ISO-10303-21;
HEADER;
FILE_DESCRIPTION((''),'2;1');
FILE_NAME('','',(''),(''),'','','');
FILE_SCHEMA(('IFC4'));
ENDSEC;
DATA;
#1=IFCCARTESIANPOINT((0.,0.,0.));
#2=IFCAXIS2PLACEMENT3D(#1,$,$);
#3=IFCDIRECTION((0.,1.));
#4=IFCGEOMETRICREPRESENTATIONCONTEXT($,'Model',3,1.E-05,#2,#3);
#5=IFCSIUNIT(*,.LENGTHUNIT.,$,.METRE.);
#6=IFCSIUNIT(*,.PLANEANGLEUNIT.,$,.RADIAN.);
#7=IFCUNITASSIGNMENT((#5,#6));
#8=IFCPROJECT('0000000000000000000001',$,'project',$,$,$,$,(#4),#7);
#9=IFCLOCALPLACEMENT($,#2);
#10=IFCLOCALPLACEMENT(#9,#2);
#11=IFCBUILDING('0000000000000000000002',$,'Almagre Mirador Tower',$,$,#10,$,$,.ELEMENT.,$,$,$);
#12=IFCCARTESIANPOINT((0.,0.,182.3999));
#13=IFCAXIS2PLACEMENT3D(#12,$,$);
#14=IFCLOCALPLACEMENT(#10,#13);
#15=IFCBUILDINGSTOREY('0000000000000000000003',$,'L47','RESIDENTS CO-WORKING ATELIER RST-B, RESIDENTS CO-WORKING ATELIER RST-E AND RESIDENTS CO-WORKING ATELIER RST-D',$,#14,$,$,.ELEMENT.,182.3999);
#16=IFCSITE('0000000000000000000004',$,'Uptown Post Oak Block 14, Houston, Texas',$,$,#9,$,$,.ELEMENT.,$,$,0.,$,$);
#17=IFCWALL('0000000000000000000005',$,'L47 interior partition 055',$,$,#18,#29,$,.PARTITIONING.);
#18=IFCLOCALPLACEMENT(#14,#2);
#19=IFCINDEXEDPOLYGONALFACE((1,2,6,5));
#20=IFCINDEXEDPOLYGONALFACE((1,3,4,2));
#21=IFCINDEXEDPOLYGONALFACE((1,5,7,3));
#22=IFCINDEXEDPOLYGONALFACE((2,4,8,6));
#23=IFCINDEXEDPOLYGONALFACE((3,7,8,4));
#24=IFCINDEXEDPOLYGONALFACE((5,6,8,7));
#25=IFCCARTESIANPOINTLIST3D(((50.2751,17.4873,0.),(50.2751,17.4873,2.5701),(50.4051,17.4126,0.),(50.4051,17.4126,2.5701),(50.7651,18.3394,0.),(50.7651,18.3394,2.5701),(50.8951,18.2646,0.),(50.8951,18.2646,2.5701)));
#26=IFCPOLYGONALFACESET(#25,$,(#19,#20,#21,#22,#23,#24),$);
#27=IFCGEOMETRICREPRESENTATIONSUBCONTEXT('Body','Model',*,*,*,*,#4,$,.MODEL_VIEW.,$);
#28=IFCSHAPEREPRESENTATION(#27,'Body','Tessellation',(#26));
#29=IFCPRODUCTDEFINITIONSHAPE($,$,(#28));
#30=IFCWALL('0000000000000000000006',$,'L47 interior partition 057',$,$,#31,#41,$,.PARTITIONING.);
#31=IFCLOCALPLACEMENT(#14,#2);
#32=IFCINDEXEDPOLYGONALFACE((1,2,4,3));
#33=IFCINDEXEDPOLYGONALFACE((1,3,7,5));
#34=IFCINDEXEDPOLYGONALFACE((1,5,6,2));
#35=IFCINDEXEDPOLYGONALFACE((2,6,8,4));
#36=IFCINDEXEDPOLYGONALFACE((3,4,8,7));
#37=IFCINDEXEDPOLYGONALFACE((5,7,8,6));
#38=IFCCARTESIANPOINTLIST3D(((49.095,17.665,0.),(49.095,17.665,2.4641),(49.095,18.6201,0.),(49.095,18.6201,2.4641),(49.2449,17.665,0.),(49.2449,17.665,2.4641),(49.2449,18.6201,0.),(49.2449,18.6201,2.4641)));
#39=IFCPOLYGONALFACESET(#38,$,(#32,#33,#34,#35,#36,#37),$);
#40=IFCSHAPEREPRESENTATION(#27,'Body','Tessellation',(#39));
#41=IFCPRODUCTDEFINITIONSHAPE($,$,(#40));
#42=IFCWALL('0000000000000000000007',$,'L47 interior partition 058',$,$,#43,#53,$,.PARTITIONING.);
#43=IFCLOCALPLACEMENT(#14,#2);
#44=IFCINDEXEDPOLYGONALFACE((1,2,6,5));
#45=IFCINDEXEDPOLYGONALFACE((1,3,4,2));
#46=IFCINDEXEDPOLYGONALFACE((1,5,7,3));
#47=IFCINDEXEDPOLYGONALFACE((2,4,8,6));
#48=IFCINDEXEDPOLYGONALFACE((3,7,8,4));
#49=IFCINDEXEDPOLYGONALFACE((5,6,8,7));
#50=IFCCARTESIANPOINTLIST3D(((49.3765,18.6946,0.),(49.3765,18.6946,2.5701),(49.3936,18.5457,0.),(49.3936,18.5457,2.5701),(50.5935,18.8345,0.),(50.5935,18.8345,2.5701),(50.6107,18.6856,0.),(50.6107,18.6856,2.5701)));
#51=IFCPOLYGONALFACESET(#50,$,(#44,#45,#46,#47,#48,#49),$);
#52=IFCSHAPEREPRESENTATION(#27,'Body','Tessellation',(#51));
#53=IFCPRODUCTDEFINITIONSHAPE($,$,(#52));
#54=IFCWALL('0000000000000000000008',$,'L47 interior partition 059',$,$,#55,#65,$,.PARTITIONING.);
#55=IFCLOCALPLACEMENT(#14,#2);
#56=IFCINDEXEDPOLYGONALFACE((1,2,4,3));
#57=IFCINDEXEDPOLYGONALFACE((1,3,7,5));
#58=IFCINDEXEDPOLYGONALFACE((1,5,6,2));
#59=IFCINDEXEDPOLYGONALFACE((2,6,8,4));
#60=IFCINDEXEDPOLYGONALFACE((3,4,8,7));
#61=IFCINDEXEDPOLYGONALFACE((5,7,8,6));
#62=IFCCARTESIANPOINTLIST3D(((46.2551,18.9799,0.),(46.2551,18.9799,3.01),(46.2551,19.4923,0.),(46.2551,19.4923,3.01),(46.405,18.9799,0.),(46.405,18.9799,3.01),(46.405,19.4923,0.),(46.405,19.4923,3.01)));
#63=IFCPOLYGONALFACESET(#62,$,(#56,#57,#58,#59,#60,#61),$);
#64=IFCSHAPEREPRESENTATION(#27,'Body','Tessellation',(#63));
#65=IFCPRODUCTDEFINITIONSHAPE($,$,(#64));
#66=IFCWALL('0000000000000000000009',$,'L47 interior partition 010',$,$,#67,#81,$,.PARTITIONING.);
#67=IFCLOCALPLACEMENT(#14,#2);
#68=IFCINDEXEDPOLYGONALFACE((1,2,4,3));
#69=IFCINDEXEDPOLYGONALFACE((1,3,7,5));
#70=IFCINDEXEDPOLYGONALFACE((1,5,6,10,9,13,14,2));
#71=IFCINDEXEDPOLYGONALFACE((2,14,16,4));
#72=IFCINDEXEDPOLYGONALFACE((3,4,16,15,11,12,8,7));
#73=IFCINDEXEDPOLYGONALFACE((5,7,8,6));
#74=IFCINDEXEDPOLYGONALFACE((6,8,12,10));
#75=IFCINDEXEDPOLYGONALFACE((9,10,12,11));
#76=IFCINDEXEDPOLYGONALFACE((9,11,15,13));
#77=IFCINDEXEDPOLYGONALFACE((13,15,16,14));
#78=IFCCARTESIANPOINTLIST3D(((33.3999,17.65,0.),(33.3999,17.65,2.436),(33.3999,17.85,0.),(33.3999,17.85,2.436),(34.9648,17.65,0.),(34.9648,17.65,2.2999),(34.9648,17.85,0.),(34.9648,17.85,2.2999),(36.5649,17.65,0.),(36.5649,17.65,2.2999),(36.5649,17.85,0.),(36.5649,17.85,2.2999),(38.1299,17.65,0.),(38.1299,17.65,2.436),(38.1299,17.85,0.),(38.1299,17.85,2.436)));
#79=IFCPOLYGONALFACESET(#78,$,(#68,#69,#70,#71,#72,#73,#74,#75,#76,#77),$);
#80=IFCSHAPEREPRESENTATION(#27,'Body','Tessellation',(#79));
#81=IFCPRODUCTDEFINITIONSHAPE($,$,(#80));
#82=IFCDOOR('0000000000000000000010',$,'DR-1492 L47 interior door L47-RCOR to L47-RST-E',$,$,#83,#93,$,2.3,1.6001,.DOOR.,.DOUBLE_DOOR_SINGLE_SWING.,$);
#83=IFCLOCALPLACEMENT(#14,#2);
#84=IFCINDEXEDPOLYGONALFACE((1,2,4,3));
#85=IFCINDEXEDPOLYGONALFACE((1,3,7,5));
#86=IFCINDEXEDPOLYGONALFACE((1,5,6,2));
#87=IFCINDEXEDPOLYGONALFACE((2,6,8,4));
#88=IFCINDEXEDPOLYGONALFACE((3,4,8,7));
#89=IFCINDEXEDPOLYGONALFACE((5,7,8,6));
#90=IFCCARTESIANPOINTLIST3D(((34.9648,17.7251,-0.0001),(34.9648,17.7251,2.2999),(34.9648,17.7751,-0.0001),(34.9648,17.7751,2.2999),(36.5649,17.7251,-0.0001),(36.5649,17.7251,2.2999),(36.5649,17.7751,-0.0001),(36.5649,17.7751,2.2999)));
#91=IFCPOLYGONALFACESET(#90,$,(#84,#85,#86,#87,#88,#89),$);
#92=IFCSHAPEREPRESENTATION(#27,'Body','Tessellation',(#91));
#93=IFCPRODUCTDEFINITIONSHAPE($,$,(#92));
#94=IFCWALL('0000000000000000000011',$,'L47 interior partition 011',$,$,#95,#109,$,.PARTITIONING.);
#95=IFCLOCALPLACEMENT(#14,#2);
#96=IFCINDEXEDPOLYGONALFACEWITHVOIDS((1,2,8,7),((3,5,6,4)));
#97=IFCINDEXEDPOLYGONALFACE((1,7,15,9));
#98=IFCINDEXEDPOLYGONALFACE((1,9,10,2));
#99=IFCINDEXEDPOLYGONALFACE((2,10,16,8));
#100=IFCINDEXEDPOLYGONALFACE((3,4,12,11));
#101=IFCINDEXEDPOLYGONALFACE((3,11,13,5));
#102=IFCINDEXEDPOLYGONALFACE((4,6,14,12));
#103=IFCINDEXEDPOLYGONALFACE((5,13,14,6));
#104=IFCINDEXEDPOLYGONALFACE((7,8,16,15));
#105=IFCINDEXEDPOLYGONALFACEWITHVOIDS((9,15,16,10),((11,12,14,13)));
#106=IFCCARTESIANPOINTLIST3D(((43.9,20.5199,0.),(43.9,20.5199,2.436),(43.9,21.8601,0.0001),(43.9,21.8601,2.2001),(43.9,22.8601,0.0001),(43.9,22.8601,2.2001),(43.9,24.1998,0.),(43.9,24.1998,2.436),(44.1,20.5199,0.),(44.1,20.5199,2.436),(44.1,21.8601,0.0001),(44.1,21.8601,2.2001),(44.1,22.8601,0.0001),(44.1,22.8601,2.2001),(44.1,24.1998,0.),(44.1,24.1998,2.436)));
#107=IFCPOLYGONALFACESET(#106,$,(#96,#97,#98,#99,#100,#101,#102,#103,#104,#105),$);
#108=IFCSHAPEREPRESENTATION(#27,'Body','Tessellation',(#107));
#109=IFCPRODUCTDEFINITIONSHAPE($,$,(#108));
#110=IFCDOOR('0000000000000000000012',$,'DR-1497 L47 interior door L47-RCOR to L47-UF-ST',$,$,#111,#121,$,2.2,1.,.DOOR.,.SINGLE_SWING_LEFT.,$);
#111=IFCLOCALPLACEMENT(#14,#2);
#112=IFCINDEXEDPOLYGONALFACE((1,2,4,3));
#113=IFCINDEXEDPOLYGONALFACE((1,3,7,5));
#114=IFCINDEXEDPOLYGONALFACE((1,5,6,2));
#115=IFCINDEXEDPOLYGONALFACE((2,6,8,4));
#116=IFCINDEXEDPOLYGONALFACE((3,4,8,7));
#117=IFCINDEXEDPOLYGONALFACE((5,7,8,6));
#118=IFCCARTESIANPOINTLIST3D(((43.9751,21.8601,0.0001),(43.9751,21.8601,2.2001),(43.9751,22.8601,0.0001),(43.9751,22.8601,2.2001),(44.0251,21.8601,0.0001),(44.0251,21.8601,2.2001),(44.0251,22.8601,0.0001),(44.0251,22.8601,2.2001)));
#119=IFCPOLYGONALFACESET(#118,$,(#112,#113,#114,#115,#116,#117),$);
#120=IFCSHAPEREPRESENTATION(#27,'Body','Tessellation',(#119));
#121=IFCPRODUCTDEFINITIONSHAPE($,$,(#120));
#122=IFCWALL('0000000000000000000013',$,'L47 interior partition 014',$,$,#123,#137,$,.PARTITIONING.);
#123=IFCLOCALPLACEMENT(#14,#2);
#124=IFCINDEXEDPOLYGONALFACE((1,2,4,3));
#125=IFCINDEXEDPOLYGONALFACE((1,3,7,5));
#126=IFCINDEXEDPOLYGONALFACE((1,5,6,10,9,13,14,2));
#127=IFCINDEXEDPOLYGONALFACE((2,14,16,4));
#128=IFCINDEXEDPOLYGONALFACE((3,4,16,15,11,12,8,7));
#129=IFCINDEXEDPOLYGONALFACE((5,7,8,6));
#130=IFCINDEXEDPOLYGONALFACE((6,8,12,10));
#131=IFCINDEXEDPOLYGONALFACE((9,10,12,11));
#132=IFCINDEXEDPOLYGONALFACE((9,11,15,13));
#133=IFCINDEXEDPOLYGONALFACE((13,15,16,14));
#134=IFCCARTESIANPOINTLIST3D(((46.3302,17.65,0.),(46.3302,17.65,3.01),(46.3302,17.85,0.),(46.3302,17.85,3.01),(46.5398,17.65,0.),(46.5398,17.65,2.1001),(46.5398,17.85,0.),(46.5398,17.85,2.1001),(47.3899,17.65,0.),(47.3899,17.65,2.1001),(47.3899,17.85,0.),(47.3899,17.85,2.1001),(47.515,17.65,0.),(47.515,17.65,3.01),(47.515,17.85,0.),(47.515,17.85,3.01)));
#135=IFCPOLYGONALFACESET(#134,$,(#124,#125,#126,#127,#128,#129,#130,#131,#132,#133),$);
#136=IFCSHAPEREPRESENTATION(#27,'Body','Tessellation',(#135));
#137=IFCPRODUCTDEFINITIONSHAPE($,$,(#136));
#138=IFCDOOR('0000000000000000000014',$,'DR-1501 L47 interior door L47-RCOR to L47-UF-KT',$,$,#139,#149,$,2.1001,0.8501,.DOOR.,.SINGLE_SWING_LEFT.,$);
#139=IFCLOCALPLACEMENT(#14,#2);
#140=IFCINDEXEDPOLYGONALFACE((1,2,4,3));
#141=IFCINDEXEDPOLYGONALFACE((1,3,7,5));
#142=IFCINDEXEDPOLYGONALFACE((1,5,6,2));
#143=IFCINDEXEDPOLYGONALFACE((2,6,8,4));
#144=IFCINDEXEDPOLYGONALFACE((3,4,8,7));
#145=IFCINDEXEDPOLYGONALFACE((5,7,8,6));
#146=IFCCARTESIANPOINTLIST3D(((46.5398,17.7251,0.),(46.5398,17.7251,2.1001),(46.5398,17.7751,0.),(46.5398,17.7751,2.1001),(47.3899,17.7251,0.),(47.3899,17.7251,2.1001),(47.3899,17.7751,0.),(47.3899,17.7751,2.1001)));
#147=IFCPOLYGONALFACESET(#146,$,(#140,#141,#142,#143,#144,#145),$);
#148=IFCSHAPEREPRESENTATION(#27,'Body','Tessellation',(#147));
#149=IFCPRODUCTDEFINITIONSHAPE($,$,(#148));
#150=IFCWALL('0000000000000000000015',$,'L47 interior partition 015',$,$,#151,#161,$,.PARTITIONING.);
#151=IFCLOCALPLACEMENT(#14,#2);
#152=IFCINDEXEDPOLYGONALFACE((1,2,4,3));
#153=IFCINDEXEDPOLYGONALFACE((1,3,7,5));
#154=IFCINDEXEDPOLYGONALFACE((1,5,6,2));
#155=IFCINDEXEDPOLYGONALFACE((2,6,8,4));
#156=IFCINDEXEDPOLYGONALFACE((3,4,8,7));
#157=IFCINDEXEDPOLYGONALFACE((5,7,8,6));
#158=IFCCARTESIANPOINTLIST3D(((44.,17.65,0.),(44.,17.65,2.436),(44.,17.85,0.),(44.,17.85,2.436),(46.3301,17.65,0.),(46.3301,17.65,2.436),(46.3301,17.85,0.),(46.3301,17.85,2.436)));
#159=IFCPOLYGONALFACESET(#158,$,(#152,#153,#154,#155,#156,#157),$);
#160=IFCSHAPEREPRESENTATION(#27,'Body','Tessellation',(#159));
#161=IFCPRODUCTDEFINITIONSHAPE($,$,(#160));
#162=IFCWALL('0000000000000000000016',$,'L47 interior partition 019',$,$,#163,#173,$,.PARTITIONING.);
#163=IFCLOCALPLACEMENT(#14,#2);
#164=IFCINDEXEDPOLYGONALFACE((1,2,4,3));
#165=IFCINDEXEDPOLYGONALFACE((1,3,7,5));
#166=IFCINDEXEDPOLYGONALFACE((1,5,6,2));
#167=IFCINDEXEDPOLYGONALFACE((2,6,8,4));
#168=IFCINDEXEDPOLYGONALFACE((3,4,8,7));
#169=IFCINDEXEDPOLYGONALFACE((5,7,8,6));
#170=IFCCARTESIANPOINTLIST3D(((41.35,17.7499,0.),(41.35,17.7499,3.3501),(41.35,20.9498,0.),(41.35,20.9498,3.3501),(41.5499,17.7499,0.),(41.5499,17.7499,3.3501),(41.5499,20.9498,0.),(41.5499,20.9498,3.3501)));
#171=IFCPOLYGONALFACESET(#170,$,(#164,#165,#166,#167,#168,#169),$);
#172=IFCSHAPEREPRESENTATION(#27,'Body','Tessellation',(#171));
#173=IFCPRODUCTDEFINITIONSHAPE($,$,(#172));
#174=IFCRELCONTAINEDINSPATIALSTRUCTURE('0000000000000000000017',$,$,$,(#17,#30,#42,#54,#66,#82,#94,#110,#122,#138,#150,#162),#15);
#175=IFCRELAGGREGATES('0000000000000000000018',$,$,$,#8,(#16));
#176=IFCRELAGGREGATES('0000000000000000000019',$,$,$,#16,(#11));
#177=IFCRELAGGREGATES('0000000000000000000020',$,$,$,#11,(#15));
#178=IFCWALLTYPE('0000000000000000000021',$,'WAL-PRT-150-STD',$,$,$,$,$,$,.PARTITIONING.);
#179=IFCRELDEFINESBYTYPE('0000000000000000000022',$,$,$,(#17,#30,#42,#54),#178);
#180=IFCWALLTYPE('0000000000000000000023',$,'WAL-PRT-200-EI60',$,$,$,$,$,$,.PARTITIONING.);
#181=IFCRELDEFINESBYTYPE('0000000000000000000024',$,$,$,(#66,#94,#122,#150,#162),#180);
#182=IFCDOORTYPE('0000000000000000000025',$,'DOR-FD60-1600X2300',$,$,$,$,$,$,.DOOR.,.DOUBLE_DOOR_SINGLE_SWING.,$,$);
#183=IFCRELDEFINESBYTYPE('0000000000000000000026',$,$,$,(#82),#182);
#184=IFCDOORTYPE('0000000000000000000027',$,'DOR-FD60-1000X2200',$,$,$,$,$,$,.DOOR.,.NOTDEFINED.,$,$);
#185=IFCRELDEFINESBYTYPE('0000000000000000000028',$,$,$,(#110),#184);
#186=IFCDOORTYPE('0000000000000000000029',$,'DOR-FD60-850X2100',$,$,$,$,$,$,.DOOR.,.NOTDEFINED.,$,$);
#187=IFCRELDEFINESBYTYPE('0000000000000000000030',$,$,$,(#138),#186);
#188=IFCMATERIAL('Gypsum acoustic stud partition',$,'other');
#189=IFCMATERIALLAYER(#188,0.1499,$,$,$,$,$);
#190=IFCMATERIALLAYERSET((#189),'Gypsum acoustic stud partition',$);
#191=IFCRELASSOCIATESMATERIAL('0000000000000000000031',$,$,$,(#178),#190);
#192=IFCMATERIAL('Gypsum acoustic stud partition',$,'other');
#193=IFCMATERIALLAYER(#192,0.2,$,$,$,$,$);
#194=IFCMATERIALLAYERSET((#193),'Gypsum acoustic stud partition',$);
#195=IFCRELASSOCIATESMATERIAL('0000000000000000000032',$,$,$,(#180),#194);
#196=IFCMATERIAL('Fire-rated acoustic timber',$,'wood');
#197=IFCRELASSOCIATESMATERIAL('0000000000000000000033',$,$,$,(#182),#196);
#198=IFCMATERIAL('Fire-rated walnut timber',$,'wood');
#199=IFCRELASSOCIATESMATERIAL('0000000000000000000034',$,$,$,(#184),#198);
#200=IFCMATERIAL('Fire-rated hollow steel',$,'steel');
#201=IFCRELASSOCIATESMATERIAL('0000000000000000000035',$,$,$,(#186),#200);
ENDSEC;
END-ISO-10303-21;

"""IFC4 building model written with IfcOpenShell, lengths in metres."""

from ifc_helpers import new_model, si_unit, direction, frame, frame_2d, origin, place, context, subcontext, project, spatial, rectangle, extrude, material, layer, layer_set, type_object, element, fill, save


model = new_model("IFC4")

# Units and contexts
model_context = context("Model", 3, precision=1e-05, world=origin(), true_north=direction((0.0, 1.0)))
body_context = subcontext(model_context, "Body", "Model", "MODEL_VIEW")
ifc_project = project(units=[si_unit("LENGTHUNIT", "METRE"), si_unit("PLANEANGLEUNIT", "RADIAN")], contexts=[model_context])

# Site, building, storey
site_placement = place(None, origin())
site = spatial("IfcSite", under=ifc_project, at=site_placement, Name="Uptown Post Oak Block 14, Houston, Texas", CompositionType="ELEMENT", RefElevation=0.0)
building_placement = place(site_placement, origin())
building = spatial("IfcBuilding", under=site, at=building_placement, Name="Almagre Mirador Tower", CompositionType="ELEMENT")
storey_placement = place(building_placement, frame((0.0, 0.0, 182.3999)))
storey = spatial("IfcBuildingStorey", under=building, at=storey_placement, Name="L47", Description="RESIDENTS CO-WORKING ATELIER RST-B, RESIDENTS CO-WORKING ATELIER RST-E AND RESIDENTS CO-WORKING ATELIER RST-D", CompositionType="ELEMENT", Elevation=182.3999)

# Shared definitions
ifc_material_1 = material(Name="Gypsum acoustic stud partition", Category="other")
ifc_layer_1 = layer(ifc_material_1, 0.1499)
ifc_layer_set_1 = layer_set([ifc_layer_1], Name="Gypsum acoustic stud partition")
wall_type_1 = type_object("IfcWallType", Name="WAL-PRT-150-STD", PredefinedType="PARTITIONING", material=ifc_layer_set_1)

# Walls
wall_1_placement = place(storey_placement, frame((50.8301, 18.302, 0.0), z_axis=(0.0, 0.0, 1.0), x_axis=(-0.498518, -0.866879, 0.0)))
element("IfcWall", 1, at=wall_1_placement, inside=storey, type_object=wall_type_1, Name="L47 interior partition 055", PredefinedType="PARTITIONING", context=body_context, shape_type="SweptSolid", body=[
    extrude(rectangle(XDim=0.9829, YDim=0.1499, at=frame_2d((0.4915, 0.0))), origin(), (0.0, 0.0, 1.0), 2.5701),
])
wall_2_placement = place(storey_placement, frame((49.1699, 17.665, 0.0), z_axis=(0.0, 0.0, 1.0), x_axis=(0.0, 1.0, 0.0)))
element("IfcWall", 2, at=wall_2_placement, inside=storey, type_object=wall_type_1, Name="L47 interior partition 057", PredefinedType="PARTITIONING", context=body_context, shape_type="SweptSolid", body=[
    extrude(rectangle(XDim=0.9551, YDim=0.1499, at=frame_2d((0.4775, 0.0))), origin(), (0.0, 0.0, 1.0), 2.4641),
])
wall_3_placement = place(storey_placement, frame((49.385, 18.6201, 0.0), z_axis=(0.0, 0.0, 1.0), x_axis=(0.993459, 0.114193, 0.0)))
element("IfcWall", 3, at=wall_3_placement, inside=storey, type_object=wall_type_1, Name="L47 interior partition 058", PredefinedType="PARTITIONING", context=body_context, shape_type="SweptSolid", body=[
    extrude(rectangle(XDim=1.2251, YDim=0.1499, at=frame_2d((0.6125, 0.0))), origin(), (0.0, 0.0, 1.0), 2.5701),
])
wall_4_placement = place(storey_placement, frame((46.3301, 19.4924, 0.0), z_axis=(0.0, 0.0, 1.0), x_axis=(0.0, -1.0, 0.0)))
element("IfcWall", 4, at=wall_4_placement, inside=storey, type_object=wall_type_1, Name="L47 interior partition 059", PredefinedType="PARTITIONING", context=body_context, shape_type="SweptSolid", body=[
    extrude(rectangle(XDim=0.5125, YDim=0.1499, at=frame_2d((0.2563, 0.0))), origin(), (0.0, 0.0, 1.0), 3.01),
])

# Walls, openings, doors
ifc_material_2 = material(Name="Gypsum acoustic stud partition", Category="other")
ifc_layer_2 = layer(ifc_material_2, 0.2)
ifc_layer_set_2 = layer_set([ifc_layer_2], Name="Gypsum acoustic stud partition")
wall_type_2 = type_object("IfcWallType", Name="WAL-PRT-200-EI60", PredefinedType="PARTITIONING", material=ifc_layer_set_2)
wall_5_placement = place(storey_placement, frame((38.1299, 17.75, 0.0), z_axis=(0.0, 0.0, 1.0), x_axis=(-1.0, 0.0, 0.0)))
wall_5 = element("IfcWall", 5, at=wall_5_placement, inside=storey, type_object=wall_type_2, Name="L47 interior partition 010", PredefinedType="PARTITIONING", context=body_context, shape_type="SweptSolid", body=[
    extrude(rectangle(XDim=4.73, YDim=0.2, at=frame_2d((2.365, 0.0))), origin(), (0.0, 0.0, 1.0), 2.436),
])
opening_1_placement = place(wall_5_placement, frame((1.5649, 0.0, 0.0)))
opening_1 = element("IfcOpeningElement", 6, at=opening_1_placement, cuts=wall_5, PredefinedType="OPENING", context=body_context, shape_type="SweptSolid", body=[
    extrude(rectangle(XDim=1.6001, YDim=2.3, at=frame_2d((0.8, 1.1499))), frame((0.0, 0.1101, 0.0), z_axis=(0.0, -1.0, 0.0), x_axis=(1.0, 0.0, 0.0)), (0.0, 0.0, 1.0), 0.22),
])
ifc_material_3 = material(Name="Fire-rated acoustic timber", Category="wood")
door_type_1 = type_object("IfcDoorType", Name="DOR-FD60-1600X2300", OperationType="DOUBLE_DOOR_SINGLE_SWING", PredefinedType="DOOR", material=ifc_material_3)
door_1_placement = place(opening_1_placement, origin())
door_1 = element("IfcDoor", 7, at=door_1_placement, inside=storey, type_object=door_type_1, Name="DR-1492 L47 interior door L47-RCOR to L47-RST-E", OperationType="DOUBLE_DOOR_SINGLE_SWING", OverallHeight=2.3, OverallWidth=1.6001, PredefinedType="DOOR", context=body_context, shape_type="SweptSolid", body=[
    extrude(rectangle(XDim=1.6001, YDim=2.3, at=frame_2d((0.8, 1.1499))), frame((0.0, 0.0249, 0.0), z_axis=(0.0, -1.0, 0.0), x_axis=(1.0, 0.0, 0.0)), (0.0, 0.0, 1.0), 0.05),
])
fill(opening_1, door_1)
wall_6_placement = place(storey_placement, frame((44.0, 20.52, 0.0), z_axis=(0.0, 0.0, 1.0), x_axis=(0.0, 1.0, 0.0)))
wall_6 = element("IfcWall", 8, at=wall_6_placement, inside=storey, type_object=wall_type_2, Name="L47 interior partition 011", PredefinedType="PARTITIONING", context=body_context, shape_type="SweptSolid", body=[
    extrude(rectangle(XDim=3.6799, YDim=0.2, at=frame_2d((1.8398, 0.0))), origin(), (0.0, 0.0, 1.0), 2.436),
])
opening_2_placement = place(wall_6_placement, frame((1.3401, 0.0, 0.0)))
opening_2 = element("IfcOpeningElement", 9, at=opening_2_placement, cuts=wall_6, PredefinedType="OPENING", context=body_context, shape_type="SweptSolid", body=[
    extrude(rectangle(XDim=1.0, YDim=2.2, at=frame_2d((0.5, 1.1001))), frame((0.0, 0.1101, 0.0), z_axis=(0.0, -1.0, 0.0), x_axis=(1.0, 0.0, 0.0)), (0.0, 0.0, 1.0), 0.22),
])
ifc_material_4 = material(Name="Fire-rated walnut timber", Category="wood")
door_type_2 = type_object("IfcDoorType", Name="DOR-FD60-1000X2200", OperationType="NOTDEFINED", PredefinedType="DOOR", material=ifc_material_4)
door_2_placement = place(opening_2_placement, origin())
door_2 = element("IfcDoor", 10, at=door_2_placement, inside=storey, type_object=door_type_2, Name="DR-1497 L47 interior door L47-RCOR to L47-UF-ST", OperationType="SINGLE_SWING_LEFT", OverallHeight=2.2, OverallWidth=1.0, PredefinedType="DOOR", context=body_context, shape_type="SweptSolid", body=[
    extrude(rectangle(XDim=1.0, YDim=2.2, at=frame_2d((0.5, 1.1001))), frame((0.0, 0.0249, 0.0), z_axis=(0.0, -1.0, 0.0), x_axis=(1.0, 0.0, 0.0)), (0.0, 0.0, 1.0), 0.05),
])
fill(opening_2, door_2)
wall_7_placement = place(storey_placement, frame((47.5149, 17.75, 0.0), z_axis=(0.0, 0.0, 1.0), x_axis=(-1.0, 0.0, 0.0)))
wall_7 = element("IfcWall", 11, at=wall_7_placement, inside=storey, type_object=wall_type_2, Name="L47 interior partition 014", PredefinedType="PARTITIONING", context=body_context, shape_type="SweptSolid", body=[
    extrude(rectangle(XDim=1.1848, YDim=0.2, at=frame_2d((0.5923, 0.0))), origin(), (0.0, 0.0, 1.0), 3.01),
])
opening_3_placement = place(wall_7_placement, frame((0.125, 0.0, 0.0)))
opening_3 = element("IfcOpeningElement", 12, at=opening_3_placement, cuts=wall_7, PredefinedType="OPENING", context=body_context, shape_type="SweptSolid", body=[
    extrude(rectangle(XDim=0.8501, YDim=2.1001, at=frame_2d((0.425, 1.05))), frame((0.0, 0.1101, 0.0), z_axis=(0.0, -1.0, 0.0), x_axis=(1.0, 0.0, 0.0)), (0.0, 0.0, 1.0), 0.22),
])
ifc_material_5 = material(Name="Fire-rated hollow steel", Category="steel")
door_type_3 = type_object("IfcDoorType", Name="DOR-FD60-850X2100", OperationType="NOTDEFINED", PredefinedType="DOOR", material=ifc_material_5)
door_3_placement = place(opening_3_placement, origin())
door_3 = element("IfcDoor", 13, at=door_3_placement, inside=storey, type_object=door_type_3, Name="DR-1501 L47 interior door L47-RCOR to L47-UF-KT", OperationType="SINGLE_SWING_LEFT", OverallHeight=2.1001, OverallWidth=0.8501, PredefinedType="DOOR", context=body_context, shape_type="SweptSolid", body=[
    extrude(rectangle(XDim=0.8501, YDim=2.1001, at=frame_2d((0.425, 1.05))), frame((0.0, 0.0249, 0.0), z_axis=(0.0, -1.0, 0.0), x_axis=(1.0, 0.0, 0.0)), (0.0, 0.0, 1.0), 0.05),
])
fill(opening_3, door_3)

# Walls
wall_8_placement = place(storey_placement, frame((46.3301, 17.75, 0.0), z_axis=(0.0, 0.0, 1.0), x_axis=(-1.0, 0.0, 0.0)))
element("IfcWall", 14, at=wall_8_placement, inside=storey, type_object=wall_type_2, Name="L47 interior partition 015", PredefinedType="PARTITIONING", context=body_context, shape_type="SweptSolid", body=[
    extrude(rectangle(XDim=2.3301, YDim=0.2, at=frame_2d((1.165, 0.0))), origin(), (0.0, 0.0, 1.0), 2.436),
])
wall_9_placement = place(storey_placement, frame((41.45, 20.95, 0.0), z_axis=(0.0, 0.0, 1.0), x_axis=(0.0, -1.0, 0.0)))
element("IfcWall", 15, at=wall_9_placement, inside=storey, type_object=wall_type_2, Name="L47 interior partition 019", PredefinedType="PARTITIONING", context=body_context, shape_type="SweptSolid", body=[
    extrude(rectangle(XDim=3.2, YDim=0.2, at=frame_2d((1.6001, 0.0))), origin(), (0.0, 0.0, 1.0), 3.3501),
])

save(model, "model.ifc")
